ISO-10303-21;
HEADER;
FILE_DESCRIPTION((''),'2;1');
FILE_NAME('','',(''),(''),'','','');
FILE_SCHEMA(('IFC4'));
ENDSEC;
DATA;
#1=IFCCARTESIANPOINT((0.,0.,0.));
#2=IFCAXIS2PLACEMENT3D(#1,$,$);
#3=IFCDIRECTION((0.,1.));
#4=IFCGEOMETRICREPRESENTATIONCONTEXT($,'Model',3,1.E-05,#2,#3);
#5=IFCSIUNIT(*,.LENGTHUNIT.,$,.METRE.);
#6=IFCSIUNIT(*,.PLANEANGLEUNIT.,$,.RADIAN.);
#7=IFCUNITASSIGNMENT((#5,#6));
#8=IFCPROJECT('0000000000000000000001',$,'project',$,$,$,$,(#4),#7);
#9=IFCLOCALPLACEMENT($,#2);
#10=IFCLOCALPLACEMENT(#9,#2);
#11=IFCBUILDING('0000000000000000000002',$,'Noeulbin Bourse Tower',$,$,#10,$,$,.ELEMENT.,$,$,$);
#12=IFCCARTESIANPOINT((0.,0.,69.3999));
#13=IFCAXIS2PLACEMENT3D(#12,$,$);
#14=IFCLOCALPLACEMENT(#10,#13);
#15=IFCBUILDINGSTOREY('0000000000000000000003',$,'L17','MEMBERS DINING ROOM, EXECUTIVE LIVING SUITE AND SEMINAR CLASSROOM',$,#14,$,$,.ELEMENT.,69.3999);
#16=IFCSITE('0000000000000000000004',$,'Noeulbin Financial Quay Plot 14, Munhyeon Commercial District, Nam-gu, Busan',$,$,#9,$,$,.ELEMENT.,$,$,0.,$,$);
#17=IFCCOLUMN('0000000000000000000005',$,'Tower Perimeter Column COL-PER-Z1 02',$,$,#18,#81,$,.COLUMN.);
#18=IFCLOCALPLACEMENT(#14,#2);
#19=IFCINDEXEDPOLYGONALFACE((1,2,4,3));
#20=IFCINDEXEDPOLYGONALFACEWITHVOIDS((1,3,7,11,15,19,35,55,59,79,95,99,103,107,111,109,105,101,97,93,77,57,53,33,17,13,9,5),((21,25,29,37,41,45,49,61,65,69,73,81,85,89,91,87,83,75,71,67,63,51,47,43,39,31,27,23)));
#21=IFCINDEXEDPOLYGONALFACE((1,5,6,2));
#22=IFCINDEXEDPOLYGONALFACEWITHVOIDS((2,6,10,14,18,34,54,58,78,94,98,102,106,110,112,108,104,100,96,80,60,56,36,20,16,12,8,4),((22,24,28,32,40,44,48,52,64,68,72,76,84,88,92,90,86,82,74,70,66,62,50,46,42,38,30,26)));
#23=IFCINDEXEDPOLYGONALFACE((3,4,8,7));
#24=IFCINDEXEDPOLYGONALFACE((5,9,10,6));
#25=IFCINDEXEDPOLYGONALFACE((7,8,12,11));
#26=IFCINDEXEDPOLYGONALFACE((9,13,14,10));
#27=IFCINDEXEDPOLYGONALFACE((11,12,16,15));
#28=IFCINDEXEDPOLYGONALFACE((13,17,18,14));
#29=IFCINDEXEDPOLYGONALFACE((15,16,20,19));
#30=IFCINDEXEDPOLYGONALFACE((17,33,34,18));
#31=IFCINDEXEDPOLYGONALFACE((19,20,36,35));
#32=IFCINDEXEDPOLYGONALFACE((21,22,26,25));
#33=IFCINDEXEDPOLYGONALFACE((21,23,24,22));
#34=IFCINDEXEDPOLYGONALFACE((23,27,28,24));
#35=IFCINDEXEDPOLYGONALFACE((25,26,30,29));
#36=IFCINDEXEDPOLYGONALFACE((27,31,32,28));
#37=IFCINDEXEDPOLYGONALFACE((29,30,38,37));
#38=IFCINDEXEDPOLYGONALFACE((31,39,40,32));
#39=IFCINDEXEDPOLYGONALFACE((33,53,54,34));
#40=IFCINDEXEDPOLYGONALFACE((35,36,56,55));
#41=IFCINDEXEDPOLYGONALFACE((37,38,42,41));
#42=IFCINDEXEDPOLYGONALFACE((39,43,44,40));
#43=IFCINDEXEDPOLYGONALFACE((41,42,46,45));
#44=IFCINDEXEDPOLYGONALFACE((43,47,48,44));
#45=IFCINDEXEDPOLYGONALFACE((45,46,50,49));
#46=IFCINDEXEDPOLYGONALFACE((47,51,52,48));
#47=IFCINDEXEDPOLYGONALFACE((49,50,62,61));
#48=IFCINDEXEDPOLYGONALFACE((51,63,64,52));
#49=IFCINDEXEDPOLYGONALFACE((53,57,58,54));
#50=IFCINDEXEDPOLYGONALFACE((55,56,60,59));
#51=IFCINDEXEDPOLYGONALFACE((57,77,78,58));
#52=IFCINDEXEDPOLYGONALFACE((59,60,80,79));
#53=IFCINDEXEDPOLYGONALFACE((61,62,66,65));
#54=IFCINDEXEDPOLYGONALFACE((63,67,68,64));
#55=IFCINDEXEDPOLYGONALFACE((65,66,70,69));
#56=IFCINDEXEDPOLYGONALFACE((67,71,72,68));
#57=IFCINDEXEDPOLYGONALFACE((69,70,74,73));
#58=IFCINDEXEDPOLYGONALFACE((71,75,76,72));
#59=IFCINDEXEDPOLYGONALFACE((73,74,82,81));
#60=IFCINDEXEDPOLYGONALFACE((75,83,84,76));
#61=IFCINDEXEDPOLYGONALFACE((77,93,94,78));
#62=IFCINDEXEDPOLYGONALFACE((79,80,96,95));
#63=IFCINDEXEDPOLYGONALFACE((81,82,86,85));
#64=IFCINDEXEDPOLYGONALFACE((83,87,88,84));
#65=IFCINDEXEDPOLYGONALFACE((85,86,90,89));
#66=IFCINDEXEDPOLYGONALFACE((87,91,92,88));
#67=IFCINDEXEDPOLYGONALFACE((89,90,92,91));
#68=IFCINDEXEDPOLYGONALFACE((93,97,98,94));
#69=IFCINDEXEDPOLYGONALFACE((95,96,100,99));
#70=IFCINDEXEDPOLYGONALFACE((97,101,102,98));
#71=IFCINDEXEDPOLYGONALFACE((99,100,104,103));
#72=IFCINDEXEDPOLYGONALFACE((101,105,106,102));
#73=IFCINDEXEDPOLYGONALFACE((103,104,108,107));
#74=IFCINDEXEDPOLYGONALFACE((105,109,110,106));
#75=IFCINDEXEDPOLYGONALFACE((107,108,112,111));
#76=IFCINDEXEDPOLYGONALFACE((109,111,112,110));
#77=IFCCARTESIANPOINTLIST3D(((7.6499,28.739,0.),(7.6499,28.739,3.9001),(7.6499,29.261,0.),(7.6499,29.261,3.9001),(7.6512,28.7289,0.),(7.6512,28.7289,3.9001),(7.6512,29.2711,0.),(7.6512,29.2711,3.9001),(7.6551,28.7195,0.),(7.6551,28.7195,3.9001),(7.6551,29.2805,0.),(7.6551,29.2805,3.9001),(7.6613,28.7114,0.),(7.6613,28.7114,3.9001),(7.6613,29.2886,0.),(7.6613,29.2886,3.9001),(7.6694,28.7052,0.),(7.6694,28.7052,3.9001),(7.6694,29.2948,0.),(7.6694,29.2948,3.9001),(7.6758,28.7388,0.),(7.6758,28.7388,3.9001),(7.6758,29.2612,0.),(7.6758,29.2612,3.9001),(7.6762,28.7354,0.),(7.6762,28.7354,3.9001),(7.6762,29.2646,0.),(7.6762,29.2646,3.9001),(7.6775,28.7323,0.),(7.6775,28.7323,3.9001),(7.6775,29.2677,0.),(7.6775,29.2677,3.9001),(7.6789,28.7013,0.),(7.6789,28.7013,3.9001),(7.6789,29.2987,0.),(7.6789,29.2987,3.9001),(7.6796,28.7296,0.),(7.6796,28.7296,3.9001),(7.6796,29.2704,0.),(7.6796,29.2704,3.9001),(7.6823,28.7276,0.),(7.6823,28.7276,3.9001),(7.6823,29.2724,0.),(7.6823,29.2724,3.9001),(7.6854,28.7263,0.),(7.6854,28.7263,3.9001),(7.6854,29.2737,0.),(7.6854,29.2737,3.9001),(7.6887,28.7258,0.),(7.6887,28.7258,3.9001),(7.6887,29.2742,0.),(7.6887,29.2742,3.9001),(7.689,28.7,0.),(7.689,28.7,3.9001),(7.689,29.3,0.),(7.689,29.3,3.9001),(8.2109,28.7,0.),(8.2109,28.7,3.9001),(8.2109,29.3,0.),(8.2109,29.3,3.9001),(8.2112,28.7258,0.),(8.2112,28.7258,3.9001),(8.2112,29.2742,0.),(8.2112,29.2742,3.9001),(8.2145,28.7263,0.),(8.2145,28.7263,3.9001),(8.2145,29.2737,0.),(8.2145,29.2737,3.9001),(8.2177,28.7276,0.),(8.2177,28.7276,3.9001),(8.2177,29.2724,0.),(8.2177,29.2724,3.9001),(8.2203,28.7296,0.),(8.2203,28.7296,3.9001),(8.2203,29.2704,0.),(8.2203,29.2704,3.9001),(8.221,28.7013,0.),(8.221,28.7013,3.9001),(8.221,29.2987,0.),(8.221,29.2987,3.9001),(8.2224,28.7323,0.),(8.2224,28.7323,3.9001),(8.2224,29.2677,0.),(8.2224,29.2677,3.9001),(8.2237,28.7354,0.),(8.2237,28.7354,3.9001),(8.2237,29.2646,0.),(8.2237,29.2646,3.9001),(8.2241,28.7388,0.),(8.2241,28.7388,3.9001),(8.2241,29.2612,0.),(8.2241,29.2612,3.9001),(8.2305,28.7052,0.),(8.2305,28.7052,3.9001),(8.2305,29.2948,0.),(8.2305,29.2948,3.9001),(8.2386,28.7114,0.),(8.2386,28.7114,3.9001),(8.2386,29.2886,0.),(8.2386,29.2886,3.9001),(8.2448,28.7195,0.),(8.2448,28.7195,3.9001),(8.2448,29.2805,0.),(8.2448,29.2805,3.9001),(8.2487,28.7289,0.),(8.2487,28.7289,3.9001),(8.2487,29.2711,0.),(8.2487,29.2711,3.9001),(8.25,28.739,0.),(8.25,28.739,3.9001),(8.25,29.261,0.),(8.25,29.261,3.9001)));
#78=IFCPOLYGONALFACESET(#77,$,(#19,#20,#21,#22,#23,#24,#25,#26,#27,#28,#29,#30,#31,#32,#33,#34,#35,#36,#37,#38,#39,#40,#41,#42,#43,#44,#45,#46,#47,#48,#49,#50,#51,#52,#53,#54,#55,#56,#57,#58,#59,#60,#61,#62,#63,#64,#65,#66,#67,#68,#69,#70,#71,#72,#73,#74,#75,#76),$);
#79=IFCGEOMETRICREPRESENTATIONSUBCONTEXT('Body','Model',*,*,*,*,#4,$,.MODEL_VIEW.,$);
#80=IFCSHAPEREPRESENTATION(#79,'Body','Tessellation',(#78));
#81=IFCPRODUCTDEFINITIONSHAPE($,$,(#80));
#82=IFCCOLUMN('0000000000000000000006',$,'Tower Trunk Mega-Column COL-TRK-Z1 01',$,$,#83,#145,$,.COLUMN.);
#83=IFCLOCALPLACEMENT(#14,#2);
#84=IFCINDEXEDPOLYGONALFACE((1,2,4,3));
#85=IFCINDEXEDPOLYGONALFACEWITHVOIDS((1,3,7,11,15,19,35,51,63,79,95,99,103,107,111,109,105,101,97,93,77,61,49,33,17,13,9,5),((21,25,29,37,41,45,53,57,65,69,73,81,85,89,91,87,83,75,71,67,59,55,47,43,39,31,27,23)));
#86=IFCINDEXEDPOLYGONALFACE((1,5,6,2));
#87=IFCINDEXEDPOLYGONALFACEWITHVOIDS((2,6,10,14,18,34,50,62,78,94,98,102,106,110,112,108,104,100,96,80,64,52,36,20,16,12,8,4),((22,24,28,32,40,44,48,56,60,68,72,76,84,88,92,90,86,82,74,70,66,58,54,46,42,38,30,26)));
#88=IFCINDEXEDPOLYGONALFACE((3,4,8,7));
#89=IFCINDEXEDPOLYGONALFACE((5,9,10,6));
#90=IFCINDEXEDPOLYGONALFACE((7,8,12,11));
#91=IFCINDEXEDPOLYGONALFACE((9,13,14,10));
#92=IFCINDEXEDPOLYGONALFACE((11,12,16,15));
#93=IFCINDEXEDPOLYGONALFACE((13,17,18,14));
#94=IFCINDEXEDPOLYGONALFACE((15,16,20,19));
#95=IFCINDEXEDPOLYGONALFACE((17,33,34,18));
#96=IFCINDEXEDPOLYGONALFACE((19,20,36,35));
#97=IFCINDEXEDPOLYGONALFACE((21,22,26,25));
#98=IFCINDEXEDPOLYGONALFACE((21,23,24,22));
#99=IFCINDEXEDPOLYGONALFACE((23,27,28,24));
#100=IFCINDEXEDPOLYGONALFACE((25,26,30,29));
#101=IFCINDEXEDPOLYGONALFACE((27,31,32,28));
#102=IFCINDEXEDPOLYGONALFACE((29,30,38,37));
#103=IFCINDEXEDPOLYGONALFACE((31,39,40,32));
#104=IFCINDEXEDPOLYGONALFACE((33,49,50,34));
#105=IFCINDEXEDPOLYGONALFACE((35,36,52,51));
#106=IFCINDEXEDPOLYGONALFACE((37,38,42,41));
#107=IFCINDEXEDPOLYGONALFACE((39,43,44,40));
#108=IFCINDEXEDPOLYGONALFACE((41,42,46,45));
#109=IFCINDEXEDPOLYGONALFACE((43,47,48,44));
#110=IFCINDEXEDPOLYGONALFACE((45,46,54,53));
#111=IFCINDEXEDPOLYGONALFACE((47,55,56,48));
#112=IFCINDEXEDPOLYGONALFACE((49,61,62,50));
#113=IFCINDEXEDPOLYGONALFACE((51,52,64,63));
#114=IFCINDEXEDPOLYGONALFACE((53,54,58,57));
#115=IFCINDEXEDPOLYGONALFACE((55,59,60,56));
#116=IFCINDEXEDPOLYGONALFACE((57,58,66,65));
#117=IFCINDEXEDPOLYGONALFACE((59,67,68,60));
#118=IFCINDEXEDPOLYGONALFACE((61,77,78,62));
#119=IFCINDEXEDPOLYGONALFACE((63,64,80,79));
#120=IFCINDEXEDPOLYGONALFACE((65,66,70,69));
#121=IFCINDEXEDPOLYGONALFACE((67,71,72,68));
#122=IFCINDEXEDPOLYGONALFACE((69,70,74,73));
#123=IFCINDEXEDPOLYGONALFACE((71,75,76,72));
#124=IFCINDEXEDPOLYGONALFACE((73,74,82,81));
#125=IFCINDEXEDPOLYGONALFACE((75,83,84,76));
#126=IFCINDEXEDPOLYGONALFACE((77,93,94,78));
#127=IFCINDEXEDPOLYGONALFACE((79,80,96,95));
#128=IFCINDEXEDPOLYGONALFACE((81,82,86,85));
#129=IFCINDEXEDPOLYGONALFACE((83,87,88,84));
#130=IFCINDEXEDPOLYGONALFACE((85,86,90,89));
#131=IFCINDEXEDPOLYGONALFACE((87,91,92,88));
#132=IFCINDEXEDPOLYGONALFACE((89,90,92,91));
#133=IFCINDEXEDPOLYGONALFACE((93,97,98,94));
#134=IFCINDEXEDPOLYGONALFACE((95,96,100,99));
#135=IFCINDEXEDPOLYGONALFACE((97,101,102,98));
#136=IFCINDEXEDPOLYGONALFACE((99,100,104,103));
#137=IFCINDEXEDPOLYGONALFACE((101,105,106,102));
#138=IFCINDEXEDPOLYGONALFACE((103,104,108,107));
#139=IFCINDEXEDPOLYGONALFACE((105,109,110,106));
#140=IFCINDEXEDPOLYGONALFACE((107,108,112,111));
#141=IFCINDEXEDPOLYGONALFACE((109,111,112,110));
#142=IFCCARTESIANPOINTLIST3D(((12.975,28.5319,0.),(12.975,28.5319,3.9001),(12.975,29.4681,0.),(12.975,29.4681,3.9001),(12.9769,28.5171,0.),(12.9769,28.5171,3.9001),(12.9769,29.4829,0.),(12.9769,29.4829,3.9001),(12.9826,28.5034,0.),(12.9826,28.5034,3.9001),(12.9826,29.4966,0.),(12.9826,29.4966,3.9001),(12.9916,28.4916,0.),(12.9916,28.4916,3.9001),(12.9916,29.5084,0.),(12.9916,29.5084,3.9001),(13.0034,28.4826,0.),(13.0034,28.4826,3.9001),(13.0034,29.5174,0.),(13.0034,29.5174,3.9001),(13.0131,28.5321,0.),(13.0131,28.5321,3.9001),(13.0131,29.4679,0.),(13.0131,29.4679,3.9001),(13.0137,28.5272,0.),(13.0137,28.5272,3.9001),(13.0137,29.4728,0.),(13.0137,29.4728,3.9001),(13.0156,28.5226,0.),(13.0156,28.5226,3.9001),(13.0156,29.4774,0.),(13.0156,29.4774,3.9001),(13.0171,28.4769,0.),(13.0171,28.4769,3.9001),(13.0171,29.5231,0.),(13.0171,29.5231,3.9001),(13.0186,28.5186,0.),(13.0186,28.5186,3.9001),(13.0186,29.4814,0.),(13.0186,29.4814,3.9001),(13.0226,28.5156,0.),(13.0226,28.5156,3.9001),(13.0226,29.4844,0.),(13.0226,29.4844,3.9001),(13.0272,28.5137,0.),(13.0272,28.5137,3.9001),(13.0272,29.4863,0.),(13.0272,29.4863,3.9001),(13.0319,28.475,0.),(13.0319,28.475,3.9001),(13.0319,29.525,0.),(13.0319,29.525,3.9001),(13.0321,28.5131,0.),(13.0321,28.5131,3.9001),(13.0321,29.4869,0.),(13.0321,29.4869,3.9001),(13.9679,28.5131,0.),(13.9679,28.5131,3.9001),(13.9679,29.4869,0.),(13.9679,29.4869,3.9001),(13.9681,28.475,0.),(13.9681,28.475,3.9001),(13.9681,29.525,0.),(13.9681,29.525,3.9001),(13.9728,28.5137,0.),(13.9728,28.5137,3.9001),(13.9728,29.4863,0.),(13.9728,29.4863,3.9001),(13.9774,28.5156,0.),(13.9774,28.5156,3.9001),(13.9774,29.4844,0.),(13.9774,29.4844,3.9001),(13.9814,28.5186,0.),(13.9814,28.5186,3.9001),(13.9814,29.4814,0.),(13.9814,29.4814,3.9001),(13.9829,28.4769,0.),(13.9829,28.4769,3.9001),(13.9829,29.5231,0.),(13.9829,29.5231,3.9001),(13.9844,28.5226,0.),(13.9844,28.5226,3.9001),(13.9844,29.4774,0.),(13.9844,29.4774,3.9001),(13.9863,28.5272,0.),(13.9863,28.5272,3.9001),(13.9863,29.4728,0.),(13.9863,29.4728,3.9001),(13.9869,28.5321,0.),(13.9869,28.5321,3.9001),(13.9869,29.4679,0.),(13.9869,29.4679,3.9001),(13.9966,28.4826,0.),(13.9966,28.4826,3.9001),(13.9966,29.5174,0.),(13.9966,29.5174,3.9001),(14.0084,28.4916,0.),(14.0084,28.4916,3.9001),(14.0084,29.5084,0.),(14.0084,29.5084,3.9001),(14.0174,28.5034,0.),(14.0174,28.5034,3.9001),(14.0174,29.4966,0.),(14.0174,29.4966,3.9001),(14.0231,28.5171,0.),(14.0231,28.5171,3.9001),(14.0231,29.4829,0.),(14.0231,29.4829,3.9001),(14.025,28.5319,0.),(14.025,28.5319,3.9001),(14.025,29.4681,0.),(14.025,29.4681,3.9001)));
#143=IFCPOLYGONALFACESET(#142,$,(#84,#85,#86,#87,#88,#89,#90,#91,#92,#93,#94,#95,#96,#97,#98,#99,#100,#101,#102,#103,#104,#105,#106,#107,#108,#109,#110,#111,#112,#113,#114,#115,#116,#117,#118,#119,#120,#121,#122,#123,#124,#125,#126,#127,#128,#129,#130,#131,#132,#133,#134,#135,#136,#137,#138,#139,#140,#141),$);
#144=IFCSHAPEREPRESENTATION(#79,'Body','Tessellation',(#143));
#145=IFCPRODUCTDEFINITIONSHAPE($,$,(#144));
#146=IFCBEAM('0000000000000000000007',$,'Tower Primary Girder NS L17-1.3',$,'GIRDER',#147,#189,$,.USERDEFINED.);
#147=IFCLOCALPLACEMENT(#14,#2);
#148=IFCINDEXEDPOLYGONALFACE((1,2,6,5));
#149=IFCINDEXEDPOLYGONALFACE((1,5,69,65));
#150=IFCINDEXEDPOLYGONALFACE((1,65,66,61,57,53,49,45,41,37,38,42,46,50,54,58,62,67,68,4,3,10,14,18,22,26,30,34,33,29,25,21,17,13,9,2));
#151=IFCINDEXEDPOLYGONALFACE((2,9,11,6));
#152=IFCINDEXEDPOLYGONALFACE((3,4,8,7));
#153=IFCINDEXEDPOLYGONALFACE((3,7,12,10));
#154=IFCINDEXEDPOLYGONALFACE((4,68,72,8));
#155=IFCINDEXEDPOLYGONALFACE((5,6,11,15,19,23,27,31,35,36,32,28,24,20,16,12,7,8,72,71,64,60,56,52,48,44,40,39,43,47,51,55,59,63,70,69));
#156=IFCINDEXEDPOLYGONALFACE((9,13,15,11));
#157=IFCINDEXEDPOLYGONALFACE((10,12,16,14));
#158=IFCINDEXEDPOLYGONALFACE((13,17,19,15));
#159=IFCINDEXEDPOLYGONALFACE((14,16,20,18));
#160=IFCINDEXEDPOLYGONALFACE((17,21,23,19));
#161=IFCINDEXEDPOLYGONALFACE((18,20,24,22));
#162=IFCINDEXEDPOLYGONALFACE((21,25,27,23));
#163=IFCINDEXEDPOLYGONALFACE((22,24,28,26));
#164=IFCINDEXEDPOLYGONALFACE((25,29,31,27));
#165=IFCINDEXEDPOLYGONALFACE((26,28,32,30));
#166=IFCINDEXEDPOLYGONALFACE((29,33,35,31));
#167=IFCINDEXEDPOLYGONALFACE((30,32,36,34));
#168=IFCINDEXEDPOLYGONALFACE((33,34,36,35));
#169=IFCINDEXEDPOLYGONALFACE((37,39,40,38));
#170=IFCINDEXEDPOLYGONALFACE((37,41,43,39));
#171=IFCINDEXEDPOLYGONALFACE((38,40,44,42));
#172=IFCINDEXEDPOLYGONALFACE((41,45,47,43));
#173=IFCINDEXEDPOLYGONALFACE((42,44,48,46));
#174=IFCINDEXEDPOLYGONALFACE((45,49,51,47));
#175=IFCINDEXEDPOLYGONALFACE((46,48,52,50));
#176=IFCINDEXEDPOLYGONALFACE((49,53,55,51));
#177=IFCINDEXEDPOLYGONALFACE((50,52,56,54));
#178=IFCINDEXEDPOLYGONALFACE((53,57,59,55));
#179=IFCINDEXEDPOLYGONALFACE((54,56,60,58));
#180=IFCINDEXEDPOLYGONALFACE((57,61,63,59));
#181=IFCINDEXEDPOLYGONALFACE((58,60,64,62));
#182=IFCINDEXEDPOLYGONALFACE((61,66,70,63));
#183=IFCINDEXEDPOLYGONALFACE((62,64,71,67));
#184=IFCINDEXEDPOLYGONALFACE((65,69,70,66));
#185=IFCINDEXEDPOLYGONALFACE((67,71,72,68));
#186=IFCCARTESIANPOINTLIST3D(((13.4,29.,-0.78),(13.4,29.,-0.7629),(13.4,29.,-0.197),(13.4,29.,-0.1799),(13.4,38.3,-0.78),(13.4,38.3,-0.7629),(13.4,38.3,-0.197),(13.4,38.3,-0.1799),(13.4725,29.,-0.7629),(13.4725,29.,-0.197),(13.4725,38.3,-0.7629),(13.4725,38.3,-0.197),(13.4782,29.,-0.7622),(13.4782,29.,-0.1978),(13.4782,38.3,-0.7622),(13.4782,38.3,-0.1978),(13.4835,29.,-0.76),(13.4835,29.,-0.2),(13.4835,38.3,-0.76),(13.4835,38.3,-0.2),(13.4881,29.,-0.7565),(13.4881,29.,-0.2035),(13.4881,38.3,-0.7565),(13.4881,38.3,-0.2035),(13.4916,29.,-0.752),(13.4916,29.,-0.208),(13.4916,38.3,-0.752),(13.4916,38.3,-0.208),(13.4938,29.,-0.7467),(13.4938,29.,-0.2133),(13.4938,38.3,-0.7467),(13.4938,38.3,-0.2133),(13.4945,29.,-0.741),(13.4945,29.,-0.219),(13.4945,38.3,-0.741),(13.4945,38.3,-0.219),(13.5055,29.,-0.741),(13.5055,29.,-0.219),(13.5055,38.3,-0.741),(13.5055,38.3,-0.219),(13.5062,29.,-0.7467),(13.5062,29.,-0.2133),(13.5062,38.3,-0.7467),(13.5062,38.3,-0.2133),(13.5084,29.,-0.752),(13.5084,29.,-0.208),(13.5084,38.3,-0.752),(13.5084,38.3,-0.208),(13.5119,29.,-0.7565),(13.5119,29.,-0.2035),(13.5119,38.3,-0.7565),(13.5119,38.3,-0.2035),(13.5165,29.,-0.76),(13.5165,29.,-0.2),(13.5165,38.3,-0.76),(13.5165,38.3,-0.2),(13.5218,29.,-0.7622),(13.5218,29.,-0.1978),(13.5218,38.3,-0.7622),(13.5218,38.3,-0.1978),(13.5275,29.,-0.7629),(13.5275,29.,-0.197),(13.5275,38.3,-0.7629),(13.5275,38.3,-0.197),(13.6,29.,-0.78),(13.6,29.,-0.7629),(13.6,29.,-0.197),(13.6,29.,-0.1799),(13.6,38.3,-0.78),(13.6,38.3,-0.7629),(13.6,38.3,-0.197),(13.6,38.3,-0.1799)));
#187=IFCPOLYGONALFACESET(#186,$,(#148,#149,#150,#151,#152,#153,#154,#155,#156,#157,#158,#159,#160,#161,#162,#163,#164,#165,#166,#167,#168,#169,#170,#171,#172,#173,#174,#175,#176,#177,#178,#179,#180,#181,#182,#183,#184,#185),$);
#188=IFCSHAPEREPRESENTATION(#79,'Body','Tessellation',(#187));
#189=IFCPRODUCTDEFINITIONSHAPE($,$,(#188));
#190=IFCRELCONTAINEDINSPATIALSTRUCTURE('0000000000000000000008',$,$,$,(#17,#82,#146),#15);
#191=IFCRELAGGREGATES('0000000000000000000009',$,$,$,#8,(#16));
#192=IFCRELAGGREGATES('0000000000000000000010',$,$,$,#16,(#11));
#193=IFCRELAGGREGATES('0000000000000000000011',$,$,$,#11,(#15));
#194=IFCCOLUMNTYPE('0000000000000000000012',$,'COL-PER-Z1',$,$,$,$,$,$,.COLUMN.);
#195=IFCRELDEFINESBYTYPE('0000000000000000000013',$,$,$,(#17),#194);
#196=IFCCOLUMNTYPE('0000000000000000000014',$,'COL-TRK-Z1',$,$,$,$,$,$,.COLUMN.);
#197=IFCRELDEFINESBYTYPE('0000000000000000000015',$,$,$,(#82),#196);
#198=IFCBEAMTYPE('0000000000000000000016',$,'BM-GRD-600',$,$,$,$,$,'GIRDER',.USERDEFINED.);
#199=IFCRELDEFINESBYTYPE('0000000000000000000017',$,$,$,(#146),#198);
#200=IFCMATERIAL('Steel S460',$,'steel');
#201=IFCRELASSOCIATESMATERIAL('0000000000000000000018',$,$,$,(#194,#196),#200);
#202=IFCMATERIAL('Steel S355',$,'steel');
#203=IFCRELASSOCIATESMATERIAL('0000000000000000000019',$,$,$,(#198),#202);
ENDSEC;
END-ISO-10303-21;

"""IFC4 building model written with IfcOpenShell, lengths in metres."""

from ifc_helpers import new_model, si_unit, direction, frame, origin, origin_2d, place, context, subcontext, project, spatial, hollow_rectangle, i_section, extrude, material, material_profile, profile_set, type_object, element, save


model = new_model("IFC4")

# Units and contexts
model_context = context("Model", 3, precision=1e-05, world=origin(), true_north=direction((0.0, 1.0)))
body_context = subcontext(model_context, "Body", "Model", "MODEL_VIEW")
ifc_project = project(units=[si_unit("LENGTHUNIT", "METRE"), si_unit("PLANEANGLEUNIT", "RADIAN")], contexts=[model_context])

# Site, building, storey
site_placement = place(None, origin())
site = spatial("IfcSite", under=ifc_project, at=site_placement, Name="Noeulbin Financial Quay Plot 14, Munhyeon Commercial District, Nam-gu, Busan", CompositionType="ELEMENT", RefElevation=0.0)
building_placement = place(site_placement, origin())
building = spatial("IfcBuilding", under=site, at=building_placement, Name="Noeulbin Bourse Tower", CompositionType="ELEMENT")
storey_placement = place(building_placement, frame((0.0, 0.0, 69.3999)))
storey = spatial("IfcBuildingStorey", under=building, at=storey_placement, Name="L17", Description="MEMBERS DINING ROOM, EXECUTIVE LIVING SUITE AND SEMINAR CLASSROOM", CompositionType="ELEMENT", Elevation=69.3999)

# Columns
ifc_material_1 = material(Name="Steel S460", Category="steel")
ifc_material_profile_1 = material_profile(ifc_material_1, hollow_rectangle(XDim=0.6001, YDim=0.6001, WallThickness=0.0259, InnerFilletRadius=0.0129, OuterFilletRadius=0.0391, at=origin_2d()), Name="BOX-600x600x26", Category="LoadBearing")
ifc_profile_set_1 = profile_set([ifc_material_profile_1], Name="Steel S460")
column_type_1 = type_object("IfcColumnType", Name="COL-PER-Z1", PredefinedType="COLUMN", material=ifc_profile_set_1)
column_1_placement = place(storey_placement, frame((7.95, 29.0, 0.0), z_axis=(0.0, 0.0, 1.0), x_axis=(1.0, 0.0, 0.0)))
element("IfcColumn", 1, at=column_1_placement, inside=storey, type_object=column_type_1, Name="Tower Perimeter Column COL-PER-Z1 02", PredefinedType="COLUMN", context=body_context, shape_type="SweptSolid", body=[
    extrude(hollow_rectangle(XDim=0.6001, YDim=0.6001, WallThickness=0.0259, InnerFilletRadius=0.0129, OuterFilletRadius=0.0391, at=origin_2d()), origin(), (0.0, 0.0, 1.0), 3.9001),
])
ifc_material_profile_2 = material_profile(ifc_material_1, hollow_rectangle(XDim=1.05, YDim=1.05, WallThickness=0.0381, InnerFilletRadius=0.019, OuterFilletRadius=0.0569, at=origin_2d()), Name="BOX-1050x1050x38", Category="LoadBearing")
ifc_profile_set_2 = profile_set([ifc_material_profile_2], Name="Steel S460")
column_type_2 = type_object("IfcColumnType", Name="COL-TRK-Z1", PredefinedType="COLUMN", material=ifc_profile_set_2)
column_2_placement = place(storey_placement, frame((13.5, 29.0, 0.0), z_axis=(0.0, 0.0, 1.0), x_axis=(1.0, 0.0, 0.0)))
element("IfcColumn", 2, at=column_2_placement, inside=storey, type_object=column_type_2, Name="Tower Trunk Mega-Column COL-TRK-Z1 01", PredefinedType="COLUMN", context=body_context, shape_type="SweptSolid", body=[
    extrude(hollow_rectangle(XDim=1.05, YDim=1.05, WallThickness=0.0381, InnerFilletRadius=0.019, OuterFilletRadius=0.0569, at=origin_2d()), origin(), (0.0, 0.0, 1.0), 3.9001),
])

# Beam
ifc_material_2 = material(Name="Steel S355", Category="steel")
ifc_material_profile_3 = material_profile(ifc_material_2, i_section(OverallWidth=0.2, OverallDepth=0.6001, WebThickness=0.011, FlangeThickness=0.0171, FilletRadius=0.022, at=origin_2d()), Name="H-600x200x11x17", Category="LoadBearing")
ifc_profile_set_3 = profile_set([ifc_material_profile_3], Name="Steel S355")
beam_type_1 = type_object("IfcBeamType", Name="BM-GRD-600", ElementType="GIRDER", PredefinedType="USERDEFINED", material=ifc_profile_set_3)
beam_1_placement = place(storey_placement, frame((13.5, 29.0, -0.48), z_axis=(0.0, 1.0, 0.0), x_axis=(-1.0, 0.0, 0.0)))
element("IfcBeam", 3, at=beam_1_placement, inside=storey, type_object=beam_type_1, Name="Tower Primary Girder NS L17-1.3", ObjectType="GIRDER", PredefinedType="USERDEFINED", context=body_context, shape_type="SweptSolid", body=[
    extrude(i_section(OverallWidth=0.2, OverallDepth=0.6001, WebThickness=0.011, FlangeThickness=0.0171, FilletRadius=0.022, at=origin_2d()), origin(), (0.0, 0.0, 1.0), 9.3),
])

save(model, "model.ifc")
